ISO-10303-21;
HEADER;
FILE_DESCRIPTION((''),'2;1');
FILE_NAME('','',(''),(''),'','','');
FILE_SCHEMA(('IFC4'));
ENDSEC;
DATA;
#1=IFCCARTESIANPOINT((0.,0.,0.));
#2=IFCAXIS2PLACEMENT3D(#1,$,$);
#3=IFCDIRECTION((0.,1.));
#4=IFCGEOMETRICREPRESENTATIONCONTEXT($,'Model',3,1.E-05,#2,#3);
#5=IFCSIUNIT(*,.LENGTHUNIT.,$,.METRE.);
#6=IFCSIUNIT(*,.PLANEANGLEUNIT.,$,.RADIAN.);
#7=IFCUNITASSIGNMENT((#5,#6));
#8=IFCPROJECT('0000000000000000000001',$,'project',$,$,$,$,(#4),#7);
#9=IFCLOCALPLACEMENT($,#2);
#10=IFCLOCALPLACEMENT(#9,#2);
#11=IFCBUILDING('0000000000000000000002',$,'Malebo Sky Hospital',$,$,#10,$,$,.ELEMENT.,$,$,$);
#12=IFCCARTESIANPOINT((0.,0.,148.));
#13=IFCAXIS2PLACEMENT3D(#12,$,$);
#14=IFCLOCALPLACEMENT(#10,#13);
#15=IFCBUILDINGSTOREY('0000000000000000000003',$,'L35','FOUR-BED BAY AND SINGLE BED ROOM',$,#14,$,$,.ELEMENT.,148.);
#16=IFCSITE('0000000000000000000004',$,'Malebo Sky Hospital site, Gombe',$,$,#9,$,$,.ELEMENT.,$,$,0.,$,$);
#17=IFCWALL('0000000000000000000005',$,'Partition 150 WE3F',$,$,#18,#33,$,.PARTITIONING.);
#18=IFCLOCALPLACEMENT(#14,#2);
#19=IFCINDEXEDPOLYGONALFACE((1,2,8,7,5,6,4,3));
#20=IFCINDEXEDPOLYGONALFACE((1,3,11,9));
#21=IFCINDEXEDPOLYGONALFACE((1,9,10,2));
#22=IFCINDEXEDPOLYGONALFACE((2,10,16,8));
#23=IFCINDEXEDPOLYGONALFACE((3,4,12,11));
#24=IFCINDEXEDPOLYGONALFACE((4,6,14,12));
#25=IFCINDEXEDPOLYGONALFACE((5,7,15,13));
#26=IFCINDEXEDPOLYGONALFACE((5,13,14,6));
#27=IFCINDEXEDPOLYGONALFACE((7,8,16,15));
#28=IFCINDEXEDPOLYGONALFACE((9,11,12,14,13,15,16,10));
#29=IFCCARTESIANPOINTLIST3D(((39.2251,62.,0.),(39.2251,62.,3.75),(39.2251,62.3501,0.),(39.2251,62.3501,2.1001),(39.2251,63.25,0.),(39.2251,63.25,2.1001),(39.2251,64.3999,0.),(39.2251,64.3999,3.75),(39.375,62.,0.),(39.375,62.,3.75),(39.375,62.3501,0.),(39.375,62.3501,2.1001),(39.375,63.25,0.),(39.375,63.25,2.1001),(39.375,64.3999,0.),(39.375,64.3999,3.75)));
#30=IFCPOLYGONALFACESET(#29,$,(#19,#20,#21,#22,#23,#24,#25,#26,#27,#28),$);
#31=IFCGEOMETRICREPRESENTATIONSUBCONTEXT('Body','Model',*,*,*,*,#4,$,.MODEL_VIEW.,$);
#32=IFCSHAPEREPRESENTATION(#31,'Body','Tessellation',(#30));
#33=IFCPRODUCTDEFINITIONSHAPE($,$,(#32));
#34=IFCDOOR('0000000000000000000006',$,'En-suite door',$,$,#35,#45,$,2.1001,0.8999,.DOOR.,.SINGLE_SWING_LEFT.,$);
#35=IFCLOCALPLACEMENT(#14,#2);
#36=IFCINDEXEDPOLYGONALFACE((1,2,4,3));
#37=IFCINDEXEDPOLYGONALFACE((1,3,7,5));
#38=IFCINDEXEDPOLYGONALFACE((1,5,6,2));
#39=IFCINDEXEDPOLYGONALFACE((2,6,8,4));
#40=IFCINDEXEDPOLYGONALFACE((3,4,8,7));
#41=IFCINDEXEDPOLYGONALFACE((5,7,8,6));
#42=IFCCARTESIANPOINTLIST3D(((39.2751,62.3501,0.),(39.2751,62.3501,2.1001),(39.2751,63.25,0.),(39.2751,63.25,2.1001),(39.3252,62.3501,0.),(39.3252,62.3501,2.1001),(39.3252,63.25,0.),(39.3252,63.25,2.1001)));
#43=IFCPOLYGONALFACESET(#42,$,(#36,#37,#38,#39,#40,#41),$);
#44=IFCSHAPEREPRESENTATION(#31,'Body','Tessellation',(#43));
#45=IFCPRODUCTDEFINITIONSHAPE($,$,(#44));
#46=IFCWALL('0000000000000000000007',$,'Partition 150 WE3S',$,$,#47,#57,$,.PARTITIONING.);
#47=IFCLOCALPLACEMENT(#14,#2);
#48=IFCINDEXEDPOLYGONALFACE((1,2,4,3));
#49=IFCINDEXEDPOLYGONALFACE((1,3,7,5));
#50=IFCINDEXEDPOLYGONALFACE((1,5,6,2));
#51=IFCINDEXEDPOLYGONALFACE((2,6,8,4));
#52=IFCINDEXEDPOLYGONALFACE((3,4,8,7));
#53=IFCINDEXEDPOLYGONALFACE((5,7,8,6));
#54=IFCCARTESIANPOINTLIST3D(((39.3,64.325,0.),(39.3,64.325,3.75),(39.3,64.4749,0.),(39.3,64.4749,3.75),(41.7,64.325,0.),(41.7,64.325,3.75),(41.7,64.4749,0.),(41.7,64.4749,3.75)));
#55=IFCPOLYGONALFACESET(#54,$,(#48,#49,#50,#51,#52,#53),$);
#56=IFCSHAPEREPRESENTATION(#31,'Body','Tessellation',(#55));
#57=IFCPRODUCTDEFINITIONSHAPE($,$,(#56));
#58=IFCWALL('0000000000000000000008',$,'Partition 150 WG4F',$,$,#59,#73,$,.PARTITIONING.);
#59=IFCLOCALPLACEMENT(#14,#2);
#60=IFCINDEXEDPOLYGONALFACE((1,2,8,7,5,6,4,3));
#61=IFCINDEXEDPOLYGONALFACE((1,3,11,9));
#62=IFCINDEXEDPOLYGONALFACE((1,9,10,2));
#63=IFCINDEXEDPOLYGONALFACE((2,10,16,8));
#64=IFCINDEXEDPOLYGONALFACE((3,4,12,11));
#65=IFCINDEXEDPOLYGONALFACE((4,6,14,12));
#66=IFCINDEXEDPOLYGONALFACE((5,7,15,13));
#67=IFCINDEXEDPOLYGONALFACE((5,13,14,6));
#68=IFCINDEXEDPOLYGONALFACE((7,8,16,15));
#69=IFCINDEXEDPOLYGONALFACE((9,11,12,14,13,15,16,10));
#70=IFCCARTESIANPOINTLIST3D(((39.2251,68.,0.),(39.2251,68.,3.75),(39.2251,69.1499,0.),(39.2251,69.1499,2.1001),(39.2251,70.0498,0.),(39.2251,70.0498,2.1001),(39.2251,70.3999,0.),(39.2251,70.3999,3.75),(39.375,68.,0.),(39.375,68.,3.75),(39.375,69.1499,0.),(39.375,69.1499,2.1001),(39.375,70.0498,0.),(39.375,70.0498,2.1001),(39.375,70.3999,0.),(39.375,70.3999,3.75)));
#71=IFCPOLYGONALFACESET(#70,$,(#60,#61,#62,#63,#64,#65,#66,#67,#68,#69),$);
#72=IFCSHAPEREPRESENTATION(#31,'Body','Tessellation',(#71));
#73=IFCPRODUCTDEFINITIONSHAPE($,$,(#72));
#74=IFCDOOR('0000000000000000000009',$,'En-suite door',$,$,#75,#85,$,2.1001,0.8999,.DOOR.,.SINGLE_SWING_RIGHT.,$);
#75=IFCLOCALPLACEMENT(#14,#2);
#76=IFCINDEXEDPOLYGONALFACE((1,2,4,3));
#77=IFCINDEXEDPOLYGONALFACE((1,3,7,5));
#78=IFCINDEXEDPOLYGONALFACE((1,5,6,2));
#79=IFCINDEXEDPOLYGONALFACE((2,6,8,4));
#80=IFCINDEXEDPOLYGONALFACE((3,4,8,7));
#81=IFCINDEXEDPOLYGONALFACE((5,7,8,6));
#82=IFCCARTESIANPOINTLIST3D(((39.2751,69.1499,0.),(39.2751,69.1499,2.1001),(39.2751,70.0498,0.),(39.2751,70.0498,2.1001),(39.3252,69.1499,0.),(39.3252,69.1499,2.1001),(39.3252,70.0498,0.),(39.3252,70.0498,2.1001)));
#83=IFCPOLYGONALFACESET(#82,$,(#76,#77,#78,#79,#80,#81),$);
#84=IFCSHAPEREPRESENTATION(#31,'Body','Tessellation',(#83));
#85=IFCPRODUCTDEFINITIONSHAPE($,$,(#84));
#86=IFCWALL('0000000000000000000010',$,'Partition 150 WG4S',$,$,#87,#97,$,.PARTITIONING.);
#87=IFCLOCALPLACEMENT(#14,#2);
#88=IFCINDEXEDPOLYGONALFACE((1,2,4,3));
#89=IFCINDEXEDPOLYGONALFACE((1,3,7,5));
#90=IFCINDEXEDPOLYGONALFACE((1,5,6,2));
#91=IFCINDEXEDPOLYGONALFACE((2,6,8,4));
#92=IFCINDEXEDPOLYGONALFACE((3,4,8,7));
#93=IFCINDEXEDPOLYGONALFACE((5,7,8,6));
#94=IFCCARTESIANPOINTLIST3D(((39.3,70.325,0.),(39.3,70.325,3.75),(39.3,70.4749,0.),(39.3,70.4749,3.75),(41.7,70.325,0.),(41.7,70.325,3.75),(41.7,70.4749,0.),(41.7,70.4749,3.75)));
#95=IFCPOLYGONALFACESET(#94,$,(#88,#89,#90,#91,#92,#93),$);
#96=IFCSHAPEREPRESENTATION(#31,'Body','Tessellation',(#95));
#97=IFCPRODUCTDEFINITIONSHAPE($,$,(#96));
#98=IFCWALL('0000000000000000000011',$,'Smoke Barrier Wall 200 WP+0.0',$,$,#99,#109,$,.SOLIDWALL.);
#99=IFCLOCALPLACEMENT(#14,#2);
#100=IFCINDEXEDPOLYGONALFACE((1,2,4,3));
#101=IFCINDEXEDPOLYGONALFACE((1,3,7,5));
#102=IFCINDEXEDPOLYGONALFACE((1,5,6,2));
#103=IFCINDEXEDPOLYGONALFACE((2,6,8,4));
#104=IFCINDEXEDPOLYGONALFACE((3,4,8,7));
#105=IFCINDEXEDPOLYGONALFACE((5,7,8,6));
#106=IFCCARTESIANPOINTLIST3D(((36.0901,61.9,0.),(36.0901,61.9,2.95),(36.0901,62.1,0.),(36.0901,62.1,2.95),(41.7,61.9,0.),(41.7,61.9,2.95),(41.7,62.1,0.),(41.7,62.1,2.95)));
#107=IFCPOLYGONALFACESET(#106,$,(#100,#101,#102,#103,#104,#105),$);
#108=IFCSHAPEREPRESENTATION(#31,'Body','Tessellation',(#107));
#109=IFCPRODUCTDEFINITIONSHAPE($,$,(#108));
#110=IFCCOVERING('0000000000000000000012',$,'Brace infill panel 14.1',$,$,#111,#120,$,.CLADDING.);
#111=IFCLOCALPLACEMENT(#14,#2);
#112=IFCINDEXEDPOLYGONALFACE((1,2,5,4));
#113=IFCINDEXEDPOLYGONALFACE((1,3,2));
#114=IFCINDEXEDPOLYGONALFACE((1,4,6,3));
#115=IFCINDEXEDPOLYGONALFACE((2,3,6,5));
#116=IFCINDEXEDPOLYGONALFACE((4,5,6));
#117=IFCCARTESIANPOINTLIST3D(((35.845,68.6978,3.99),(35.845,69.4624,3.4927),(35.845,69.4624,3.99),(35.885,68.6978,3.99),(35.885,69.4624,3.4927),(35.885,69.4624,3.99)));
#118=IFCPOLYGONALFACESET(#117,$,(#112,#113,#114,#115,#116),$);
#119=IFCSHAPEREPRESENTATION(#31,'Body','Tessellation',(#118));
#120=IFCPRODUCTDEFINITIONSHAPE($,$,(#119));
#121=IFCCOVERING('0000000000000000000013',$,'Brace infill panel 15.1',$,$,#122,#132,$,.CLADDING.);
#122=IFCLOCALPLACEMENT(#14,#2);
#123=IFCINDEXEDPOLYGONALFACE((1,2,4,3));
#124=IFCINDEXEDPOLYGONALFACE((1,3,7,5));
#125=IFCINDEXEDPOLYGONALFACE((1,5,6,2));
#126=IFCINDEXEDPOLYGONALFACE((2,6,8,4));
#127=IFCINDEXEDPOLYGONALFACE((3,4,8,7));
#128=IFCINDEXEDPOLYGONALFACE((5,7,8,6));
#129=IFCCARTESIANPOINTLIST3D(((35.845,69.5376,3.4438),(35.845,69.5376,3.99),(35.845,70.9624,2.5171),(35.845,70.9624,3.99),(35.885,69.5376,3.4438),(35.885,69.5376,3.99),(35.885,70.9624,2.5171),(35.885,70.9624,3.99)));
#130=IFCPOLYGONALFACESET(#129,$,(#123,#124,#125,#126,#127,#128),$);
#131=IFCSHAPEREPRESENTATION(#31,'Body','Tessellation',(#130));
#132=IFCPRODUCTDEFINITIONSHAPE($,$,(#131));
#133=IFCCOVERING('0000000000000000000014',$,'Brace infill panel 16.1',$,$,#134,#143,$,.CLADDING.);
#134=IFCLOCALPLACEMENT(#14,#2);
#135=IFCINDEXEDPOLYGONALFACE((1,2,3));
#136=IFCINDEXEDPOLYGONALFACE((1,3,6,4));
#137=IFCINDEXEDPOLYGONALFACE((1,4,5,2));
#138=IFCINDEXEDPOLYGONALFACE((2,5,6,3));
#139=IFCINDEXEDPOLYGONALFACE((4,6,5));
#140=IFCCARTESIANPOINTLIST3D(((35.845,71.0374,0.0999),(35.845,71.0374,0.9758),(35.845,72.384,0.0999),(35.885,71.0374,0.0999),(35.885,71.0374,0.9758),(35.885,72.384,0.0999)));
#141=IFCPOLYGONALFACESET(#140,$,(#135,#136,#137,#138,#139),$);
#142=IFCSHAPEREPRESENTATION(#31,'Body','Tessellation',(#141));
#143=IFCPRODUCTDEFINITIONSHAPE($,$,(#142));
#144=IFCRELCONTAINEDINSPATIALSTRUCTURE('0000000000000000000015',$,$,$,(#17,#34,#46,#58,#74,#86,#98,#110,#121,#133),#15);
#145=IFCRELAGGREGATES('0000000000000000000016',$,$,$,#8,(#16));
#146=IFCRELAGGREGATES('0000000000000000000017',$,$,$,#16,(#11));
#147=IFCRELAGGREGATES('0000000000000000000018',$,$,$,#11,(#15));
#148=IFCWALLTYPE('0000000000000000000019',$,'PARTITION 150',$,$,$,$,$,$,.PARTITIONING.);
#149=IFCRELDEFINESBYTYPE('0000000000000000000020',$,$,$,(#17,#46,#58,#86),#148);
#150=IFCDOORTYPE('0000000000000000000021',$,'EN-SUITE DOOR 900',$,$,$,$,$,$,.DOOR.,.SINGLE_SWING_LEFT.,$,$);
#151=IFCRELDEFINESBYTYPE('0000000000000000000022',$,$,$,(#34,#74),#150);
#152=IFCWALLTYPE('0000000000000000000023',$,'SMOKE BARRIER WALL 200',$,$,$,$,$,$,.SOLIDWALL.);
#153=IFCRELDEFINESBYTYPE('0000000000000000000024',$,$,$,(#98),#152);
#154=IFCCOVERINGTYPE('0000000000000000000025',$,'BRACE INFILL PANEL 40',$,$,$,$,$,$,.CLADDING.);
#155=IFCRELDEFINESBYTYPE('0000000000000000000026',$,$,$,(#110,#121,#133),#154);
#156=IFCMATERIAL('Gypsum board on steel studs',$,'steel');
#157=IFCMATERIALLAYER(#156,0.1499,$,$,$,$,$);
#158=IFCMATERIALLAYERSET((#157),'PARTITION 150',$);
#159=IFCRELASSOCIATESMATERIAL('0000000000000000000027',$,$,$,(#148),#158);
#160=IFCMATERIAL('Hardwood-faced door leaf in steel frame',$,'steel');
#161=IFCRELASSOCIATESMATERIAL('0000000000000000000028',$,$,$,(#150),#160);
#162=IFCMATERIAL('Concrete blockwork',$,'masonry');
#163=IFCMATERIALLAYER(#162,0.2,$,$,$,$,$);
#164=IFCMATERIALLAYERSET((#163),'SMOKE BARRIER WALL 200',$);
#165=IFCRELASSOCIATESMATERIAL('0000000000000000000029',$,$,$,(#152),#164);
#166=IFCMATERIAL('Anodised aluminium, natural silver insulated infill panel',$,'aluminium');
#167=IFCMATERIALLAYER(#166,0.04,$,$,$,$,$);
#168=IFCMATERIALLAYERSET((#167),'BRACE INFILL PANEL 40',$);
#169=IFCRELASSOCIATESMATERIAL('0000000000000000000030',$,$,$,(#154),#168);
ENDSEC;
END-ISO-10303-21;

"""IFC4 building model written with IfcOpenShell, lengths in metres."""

from ifc_helpers import new_model, si_unit, direction, frame, frame_2d, origin, place, context, subcontext, project, spatial, polyline, rectangle, outline, extrude, material, layer, layer_set, type_object, element, fill, save


model = new_model("IFC4")

# Units and contexts
model_context = context("Model", 3, precision=1e-05, world=origin(), true_north=direction((0.0, 1.0)))
body_context = subcontext(model_context, "Body", "Model", "MODEL_VIEW")
ifc_project = project(units=[si_unit("LENGTHUNIT", "METRE"), si_unit("PLANEANGLEUNIT", "RADIAN")], contexts=[model_context])

# Site, building, storey
site_placement = place(None, origin())
site = spatial("IfcSite", under=ifc_project, at=site_placement, Name="Malebo Sky Hospital site, Gombe", CompositionType="ELEMENT", RefElevation=0.0)
building_placement = place(site_placement, origin())
building = spatial("IfcBuilding", under=site, at=building_placement, Name="Malebo Sky Hospital", CompositionType="ELEMENT")
storey_placement = place(building_placement, frame((0.0, 0.0, 148.0)))
storey = spatial("IfcBuildingStorey", under=building, at=storey_placement, Name="L35", Description="FOUR-BED BAY AND SINGLE BED ROOM", CompositionType="ELEMENT", Elevation=148.0)

# Shared definitions
ifc_material_1 = material(Name="Gypsum board on steel studs", Category="steel")
ifc_layer_1 = layer(ifc_material_1, 0.1499)
ifc_layer_set_1 = layer_set([ifc_layer_1], Name="PARTITION 150")
wall_type_1 = type_object("IfcWallType", Name="PARTITION 150", PredefinedType="PARTITIONING", material=ifc_layer_set_1)

# Wall, opening, door
wall_1_placement = place(storey_placement, frame((39.3, 62.0, 0.0), z_axis=(0.0, 0.0, 1.0), x_axis=(0.0, 1.0, 0.0)))
wall_1 = element("IfcWall", 1, at=wall_1_placement, inside=storey, type_object=wall_type_1, Name="Partition 150 WE3F", PredefinedType="PARTITIONING", context=body_context, shape_type="SweptSolid", body=[
    extrude(rectangle(XDim=2.3999, YDim=0.1499, at=frame_2d((1.2, 0.0))), origin(), (0.0, 0.0, 1.0), 3.75),
])
opening_1_placement = place(wall_1_placement, frame((0.3501, 0.0, 0.0)))
opening_1 = element("IfcOpeningElement", 2, at=opening_1_placement, cuts=wall_1, PredefinedType="OPENING", context=body_context, shape_type="SweptSolid", body=[
    extrude(rectangle(XDim=0.8999, YDim=2.1001, at=frame_2d((0.45, 1.05))), frame((0.0, 0.085, 0.0), z_axis=(0.0, -1.0, 0.0), x_axis=(1.0, 0.0, 0.0)), (0.0, 0.0, 1.0), 0.1699),
])
ifc_material_2 = material(Name="Hardwood-faced door leaf in steel frame", Category="steel")
door_type = type_object("IfcDoorType", Name="EN-SUITE DOOR 900", OperationType="SINGLE_SWING_LEFT", PredefinedType="DOOR", material=ifc_material_2)
door_1_placement = place(opening_1_placement, origin())
door_1 = element("IfcDoor", 3, at=door_1_placement, inside=storey, type_object=door_type, Name="En-suite door", OperationType="SINGLE_SWING_LEFT", OverallHeight=2.1001, OverallWidth=0.8999, PredefinedType="DOOR", context=body_context, shape_type="SweptSolid", body=[
    extrude(rectangle(XDim=0.8999, YDim=2.1001, at=frame_2d((0.45, 1.05))), frame((0.0, 0.0249, 0.0), z_axis=(0.0, -1.0, 0.0), x_axis=(1.0, 0.0, 0.0)), (0.0, 0.0, 1.0), 0.05),
])
fill(opening_1, door_1)

# Wall
wall_2_placement = place(storey_placement, frame((41.7, 64.3999, 0.0), z_axis=(0.0, 0.0, 1.0), x_axis=(-1.0, 0.0, 0.0)))
element("IfcWall", 4, at=wall_2_placement, inside=storey, type_object=wall_type_1, Name="Partition 150 WE3S", PredefinedType="PARTITIONING", context=body_context, shape_type="SweptSolid", body=[
    extrude(rectangle(XDim=2.3999, YDim=0.1499, at=frame_2d((1.2, 0.0))), origin(), (0.0, 0.0, 1.0), 3.75),
])

# Wall, opening, door
wall_3_placement = place(storey_placement, frame((39.3, 68.0, 0.0), z_axis=(0.0, 0.0, 1.0), x_axis=(0.0, 1.0, 0.0)))
wall_3 = element("IfcWall", 5, at=wall_3_placement, inside=storey, type_object=wall_type_1, Name="Partition 150 WG4F", PredefinedType="PARTITIONING", context=body_context, shape_type="SweptSolid", body=[
    extrude(rectangle(XDim=2.3999, YDim=0.1499, at=frame_2d((1.2, 0.0))), origin(), (0.0, 0.0, 1.0), 3.75),
])
opening_2_placement = place(wall_3_placement, frame((1.1499, 0.0, 0.0)))
opening_2 = element("IfcOpeningElement", 6, at=opening_2_placement, cuts=wall_3, PredefinedType="OPENING", context=body_context, shape_type="SweptSolid", body=[
    extrude(rectangle(XDim=0.8999, YDim=2.1001, at=frame_2d((0.45, 1.05))), frame((0.0, 0.085, 0.0), z_axis=(0.0, -1.0, 0.0), x_axis=(1.0, 0.0, 0.0)), (0.0, 0.0, 1.0), 0.1699),
])
door_2_placement = place(opening_2_placement, origin())
door_2 = element("IfcDoor", 7, at=door_2_placement, inside=storey, type_object=door_type, Name="En-suite door", OperationType="SINGLE_SWING_RIGHT", OverallHeight=2.1001, OverallWidth=0.8999, PredefinedType="DOOR", context=body_context, shape_type="SweptSolid", body=[
    extrude(rectangle(XDim=0.8999, YDim=2.1001, at=frame_2d((0.45, 1.05))), frame((0.0, 0.0249, 0.0), z_axis=(0.0, -1.0, 0.0), x_axis=(1.0, 0.0, 0.0)), (0.0, 0.0, 1.0), 0.05),
])
fill(opening_2, door_2)

# Walls
wall_4_placement = place(storey_placement, frame((41.7, 70.3999, 0.0), z_axis=(0.0, 0.0, 1.0), x_axis=(-1.0, 0.0, 0.0)))
element("IfcWall", 8, at=wall_4_placement, inside=storey, type_object=wall_type_1, Name="Partition 150 WG4S", PredefinedType="PARTITIONING", context=body_context, shape_type="SweptSolid", body=[
    extrude(rectangle(XDim=2.3999, YDim=0.1499, at=frame_2d((1.2, 0.0))), origin(), (0.0, 0.0, 1.0), 3.75),
])
ifc_material_3 = material(Name="Concrete blockwork", Category="masonry")
ifc_layer_2 = layer(ifc_material_3, 0.2)
ifc_layer_set_2 = layer_set([ifc_layer_2], Name="SMOKE BARRIER WALL 200")
wall_type_2 = type_object("IfcWallType", Name="SMOKE BARRIER WALL 200", PredefinedType="SOLIDWALL", material=ifc_layer_set_2)
wall_5_placement = place(storey_placement, frame((41.7, 62.0, 0.0), z_axis=(0.0, 0.0, 1.0), x_axis=(-1.0, 0.0, 0.0)))
element("IfcWall", 9, at=wall_5_placement, inside=storey, type_object=wall_type_2, Name="Smoke Barrier Wall 200 WP+0.0", PredefinedType="SOLIDWALL", context=body_context, shape_type="SweptSolid", body=[
    extrude(rectangle(XDim=5.6099, YDim=0.2, at=frame_2d((2.8049, 0.0))), origin(), (0.0, 0.0, 1.0), 2.95),
])

# Coverings
ifc_material_4 = material(Name="Anodised aluminium, natural silver insulated infill panel", Category="aluminium")
ifc_layer_3 = layer(ifc_material_4, 0.04)
ifc_layer_set_3 = layer_set([ifc_layer_3], Name="BRACE INFILL PANEL 40")
covering_type = type_object("IfcCoveringType", Name="BRACE INFILL PANEL 40", PredefinedType="CLADDING", material=ifc_layer_set_3)
covering_1_placement = place(storey_placement, frame((35.865, 69.0801, 3.4927), z_axis=(0.0, 0.0, 1.0), x_axis=(0.0, 1.0, 0.0)))
element("IfcCovering", 10, at=covering_1_placement, inside=storey, type_object=covering_type, Name="Brace infill panel 14.1", PredefinedType="CLADDING", context=body_context, shape_type="SweptSolid", body=[
    extrude(outline(polyline([(0.3823, 0.0), (0.3823, 0.4973), (-0.3823, 0.4973), (0.3823, 0.0)])), frame((0.0, 0.02, 0.0), z_axis=(0.0, -1.0, 0.0), x_axis=(1.0, 0.0, 0.0)), (0.0, 0.0, 1.0), 0.04),
])
covering_2_placement = place(storey_placement, frame((35.865, 70.25, 2.5171), z_axis=(0.0, 0.0, 1.0), x_axis=(0.0, 1.0, 0.0)))
element("IfcCovering", 11, at=covering_2_placement, inside=storey, type_object=covering_type, Name="Brace infill panel 15.1", PredefinedType="CLADDING", context=body_context, shape_type="SweptSolid", body=[
    extrude(outline(polyline([(0.7124, 0.0), (0.7124, 1.4729), (-0.7124, 1.4729), (-0.7124, 0.9268), (0.7124, 0.0)])), frame((0.0, 0.02, 0.0), z_axis=(0.0, -1.0, 0.0), x_axis=(1.0, 0.0, 0.0)), (0.0, 0.0, 1.0), 0.04),
])
covering_3_placement = place(storey_placement, frame((35.865, 71.7107, 0.0999), z_axis=(0.0, 0.0, 1.0), x_axis=(0.0, 1.0, 0.0)))
element("IfcCovering", 12, at=covering_3_placement, inside=storey, type_object=covering_type, Name="Brace infill panel 16.1", PredefinedType="CLADDING", context=body_context, shape_type="SweptSolid", body=[
    extrude(outline(polyline([(-0.6733, 0.0), (0.6733, 0.0), (-0.6733, 0.876), (-0.6733, 0.0)])), frame((0.0, 0.02, 0.0), z_axis=(0.0, -1.0, 0.0), x_axis=(1.0, 0.0, 0.0)), (0.0, 0.0, 1.0), 0.04),
])

save(model, "model.ifc")
